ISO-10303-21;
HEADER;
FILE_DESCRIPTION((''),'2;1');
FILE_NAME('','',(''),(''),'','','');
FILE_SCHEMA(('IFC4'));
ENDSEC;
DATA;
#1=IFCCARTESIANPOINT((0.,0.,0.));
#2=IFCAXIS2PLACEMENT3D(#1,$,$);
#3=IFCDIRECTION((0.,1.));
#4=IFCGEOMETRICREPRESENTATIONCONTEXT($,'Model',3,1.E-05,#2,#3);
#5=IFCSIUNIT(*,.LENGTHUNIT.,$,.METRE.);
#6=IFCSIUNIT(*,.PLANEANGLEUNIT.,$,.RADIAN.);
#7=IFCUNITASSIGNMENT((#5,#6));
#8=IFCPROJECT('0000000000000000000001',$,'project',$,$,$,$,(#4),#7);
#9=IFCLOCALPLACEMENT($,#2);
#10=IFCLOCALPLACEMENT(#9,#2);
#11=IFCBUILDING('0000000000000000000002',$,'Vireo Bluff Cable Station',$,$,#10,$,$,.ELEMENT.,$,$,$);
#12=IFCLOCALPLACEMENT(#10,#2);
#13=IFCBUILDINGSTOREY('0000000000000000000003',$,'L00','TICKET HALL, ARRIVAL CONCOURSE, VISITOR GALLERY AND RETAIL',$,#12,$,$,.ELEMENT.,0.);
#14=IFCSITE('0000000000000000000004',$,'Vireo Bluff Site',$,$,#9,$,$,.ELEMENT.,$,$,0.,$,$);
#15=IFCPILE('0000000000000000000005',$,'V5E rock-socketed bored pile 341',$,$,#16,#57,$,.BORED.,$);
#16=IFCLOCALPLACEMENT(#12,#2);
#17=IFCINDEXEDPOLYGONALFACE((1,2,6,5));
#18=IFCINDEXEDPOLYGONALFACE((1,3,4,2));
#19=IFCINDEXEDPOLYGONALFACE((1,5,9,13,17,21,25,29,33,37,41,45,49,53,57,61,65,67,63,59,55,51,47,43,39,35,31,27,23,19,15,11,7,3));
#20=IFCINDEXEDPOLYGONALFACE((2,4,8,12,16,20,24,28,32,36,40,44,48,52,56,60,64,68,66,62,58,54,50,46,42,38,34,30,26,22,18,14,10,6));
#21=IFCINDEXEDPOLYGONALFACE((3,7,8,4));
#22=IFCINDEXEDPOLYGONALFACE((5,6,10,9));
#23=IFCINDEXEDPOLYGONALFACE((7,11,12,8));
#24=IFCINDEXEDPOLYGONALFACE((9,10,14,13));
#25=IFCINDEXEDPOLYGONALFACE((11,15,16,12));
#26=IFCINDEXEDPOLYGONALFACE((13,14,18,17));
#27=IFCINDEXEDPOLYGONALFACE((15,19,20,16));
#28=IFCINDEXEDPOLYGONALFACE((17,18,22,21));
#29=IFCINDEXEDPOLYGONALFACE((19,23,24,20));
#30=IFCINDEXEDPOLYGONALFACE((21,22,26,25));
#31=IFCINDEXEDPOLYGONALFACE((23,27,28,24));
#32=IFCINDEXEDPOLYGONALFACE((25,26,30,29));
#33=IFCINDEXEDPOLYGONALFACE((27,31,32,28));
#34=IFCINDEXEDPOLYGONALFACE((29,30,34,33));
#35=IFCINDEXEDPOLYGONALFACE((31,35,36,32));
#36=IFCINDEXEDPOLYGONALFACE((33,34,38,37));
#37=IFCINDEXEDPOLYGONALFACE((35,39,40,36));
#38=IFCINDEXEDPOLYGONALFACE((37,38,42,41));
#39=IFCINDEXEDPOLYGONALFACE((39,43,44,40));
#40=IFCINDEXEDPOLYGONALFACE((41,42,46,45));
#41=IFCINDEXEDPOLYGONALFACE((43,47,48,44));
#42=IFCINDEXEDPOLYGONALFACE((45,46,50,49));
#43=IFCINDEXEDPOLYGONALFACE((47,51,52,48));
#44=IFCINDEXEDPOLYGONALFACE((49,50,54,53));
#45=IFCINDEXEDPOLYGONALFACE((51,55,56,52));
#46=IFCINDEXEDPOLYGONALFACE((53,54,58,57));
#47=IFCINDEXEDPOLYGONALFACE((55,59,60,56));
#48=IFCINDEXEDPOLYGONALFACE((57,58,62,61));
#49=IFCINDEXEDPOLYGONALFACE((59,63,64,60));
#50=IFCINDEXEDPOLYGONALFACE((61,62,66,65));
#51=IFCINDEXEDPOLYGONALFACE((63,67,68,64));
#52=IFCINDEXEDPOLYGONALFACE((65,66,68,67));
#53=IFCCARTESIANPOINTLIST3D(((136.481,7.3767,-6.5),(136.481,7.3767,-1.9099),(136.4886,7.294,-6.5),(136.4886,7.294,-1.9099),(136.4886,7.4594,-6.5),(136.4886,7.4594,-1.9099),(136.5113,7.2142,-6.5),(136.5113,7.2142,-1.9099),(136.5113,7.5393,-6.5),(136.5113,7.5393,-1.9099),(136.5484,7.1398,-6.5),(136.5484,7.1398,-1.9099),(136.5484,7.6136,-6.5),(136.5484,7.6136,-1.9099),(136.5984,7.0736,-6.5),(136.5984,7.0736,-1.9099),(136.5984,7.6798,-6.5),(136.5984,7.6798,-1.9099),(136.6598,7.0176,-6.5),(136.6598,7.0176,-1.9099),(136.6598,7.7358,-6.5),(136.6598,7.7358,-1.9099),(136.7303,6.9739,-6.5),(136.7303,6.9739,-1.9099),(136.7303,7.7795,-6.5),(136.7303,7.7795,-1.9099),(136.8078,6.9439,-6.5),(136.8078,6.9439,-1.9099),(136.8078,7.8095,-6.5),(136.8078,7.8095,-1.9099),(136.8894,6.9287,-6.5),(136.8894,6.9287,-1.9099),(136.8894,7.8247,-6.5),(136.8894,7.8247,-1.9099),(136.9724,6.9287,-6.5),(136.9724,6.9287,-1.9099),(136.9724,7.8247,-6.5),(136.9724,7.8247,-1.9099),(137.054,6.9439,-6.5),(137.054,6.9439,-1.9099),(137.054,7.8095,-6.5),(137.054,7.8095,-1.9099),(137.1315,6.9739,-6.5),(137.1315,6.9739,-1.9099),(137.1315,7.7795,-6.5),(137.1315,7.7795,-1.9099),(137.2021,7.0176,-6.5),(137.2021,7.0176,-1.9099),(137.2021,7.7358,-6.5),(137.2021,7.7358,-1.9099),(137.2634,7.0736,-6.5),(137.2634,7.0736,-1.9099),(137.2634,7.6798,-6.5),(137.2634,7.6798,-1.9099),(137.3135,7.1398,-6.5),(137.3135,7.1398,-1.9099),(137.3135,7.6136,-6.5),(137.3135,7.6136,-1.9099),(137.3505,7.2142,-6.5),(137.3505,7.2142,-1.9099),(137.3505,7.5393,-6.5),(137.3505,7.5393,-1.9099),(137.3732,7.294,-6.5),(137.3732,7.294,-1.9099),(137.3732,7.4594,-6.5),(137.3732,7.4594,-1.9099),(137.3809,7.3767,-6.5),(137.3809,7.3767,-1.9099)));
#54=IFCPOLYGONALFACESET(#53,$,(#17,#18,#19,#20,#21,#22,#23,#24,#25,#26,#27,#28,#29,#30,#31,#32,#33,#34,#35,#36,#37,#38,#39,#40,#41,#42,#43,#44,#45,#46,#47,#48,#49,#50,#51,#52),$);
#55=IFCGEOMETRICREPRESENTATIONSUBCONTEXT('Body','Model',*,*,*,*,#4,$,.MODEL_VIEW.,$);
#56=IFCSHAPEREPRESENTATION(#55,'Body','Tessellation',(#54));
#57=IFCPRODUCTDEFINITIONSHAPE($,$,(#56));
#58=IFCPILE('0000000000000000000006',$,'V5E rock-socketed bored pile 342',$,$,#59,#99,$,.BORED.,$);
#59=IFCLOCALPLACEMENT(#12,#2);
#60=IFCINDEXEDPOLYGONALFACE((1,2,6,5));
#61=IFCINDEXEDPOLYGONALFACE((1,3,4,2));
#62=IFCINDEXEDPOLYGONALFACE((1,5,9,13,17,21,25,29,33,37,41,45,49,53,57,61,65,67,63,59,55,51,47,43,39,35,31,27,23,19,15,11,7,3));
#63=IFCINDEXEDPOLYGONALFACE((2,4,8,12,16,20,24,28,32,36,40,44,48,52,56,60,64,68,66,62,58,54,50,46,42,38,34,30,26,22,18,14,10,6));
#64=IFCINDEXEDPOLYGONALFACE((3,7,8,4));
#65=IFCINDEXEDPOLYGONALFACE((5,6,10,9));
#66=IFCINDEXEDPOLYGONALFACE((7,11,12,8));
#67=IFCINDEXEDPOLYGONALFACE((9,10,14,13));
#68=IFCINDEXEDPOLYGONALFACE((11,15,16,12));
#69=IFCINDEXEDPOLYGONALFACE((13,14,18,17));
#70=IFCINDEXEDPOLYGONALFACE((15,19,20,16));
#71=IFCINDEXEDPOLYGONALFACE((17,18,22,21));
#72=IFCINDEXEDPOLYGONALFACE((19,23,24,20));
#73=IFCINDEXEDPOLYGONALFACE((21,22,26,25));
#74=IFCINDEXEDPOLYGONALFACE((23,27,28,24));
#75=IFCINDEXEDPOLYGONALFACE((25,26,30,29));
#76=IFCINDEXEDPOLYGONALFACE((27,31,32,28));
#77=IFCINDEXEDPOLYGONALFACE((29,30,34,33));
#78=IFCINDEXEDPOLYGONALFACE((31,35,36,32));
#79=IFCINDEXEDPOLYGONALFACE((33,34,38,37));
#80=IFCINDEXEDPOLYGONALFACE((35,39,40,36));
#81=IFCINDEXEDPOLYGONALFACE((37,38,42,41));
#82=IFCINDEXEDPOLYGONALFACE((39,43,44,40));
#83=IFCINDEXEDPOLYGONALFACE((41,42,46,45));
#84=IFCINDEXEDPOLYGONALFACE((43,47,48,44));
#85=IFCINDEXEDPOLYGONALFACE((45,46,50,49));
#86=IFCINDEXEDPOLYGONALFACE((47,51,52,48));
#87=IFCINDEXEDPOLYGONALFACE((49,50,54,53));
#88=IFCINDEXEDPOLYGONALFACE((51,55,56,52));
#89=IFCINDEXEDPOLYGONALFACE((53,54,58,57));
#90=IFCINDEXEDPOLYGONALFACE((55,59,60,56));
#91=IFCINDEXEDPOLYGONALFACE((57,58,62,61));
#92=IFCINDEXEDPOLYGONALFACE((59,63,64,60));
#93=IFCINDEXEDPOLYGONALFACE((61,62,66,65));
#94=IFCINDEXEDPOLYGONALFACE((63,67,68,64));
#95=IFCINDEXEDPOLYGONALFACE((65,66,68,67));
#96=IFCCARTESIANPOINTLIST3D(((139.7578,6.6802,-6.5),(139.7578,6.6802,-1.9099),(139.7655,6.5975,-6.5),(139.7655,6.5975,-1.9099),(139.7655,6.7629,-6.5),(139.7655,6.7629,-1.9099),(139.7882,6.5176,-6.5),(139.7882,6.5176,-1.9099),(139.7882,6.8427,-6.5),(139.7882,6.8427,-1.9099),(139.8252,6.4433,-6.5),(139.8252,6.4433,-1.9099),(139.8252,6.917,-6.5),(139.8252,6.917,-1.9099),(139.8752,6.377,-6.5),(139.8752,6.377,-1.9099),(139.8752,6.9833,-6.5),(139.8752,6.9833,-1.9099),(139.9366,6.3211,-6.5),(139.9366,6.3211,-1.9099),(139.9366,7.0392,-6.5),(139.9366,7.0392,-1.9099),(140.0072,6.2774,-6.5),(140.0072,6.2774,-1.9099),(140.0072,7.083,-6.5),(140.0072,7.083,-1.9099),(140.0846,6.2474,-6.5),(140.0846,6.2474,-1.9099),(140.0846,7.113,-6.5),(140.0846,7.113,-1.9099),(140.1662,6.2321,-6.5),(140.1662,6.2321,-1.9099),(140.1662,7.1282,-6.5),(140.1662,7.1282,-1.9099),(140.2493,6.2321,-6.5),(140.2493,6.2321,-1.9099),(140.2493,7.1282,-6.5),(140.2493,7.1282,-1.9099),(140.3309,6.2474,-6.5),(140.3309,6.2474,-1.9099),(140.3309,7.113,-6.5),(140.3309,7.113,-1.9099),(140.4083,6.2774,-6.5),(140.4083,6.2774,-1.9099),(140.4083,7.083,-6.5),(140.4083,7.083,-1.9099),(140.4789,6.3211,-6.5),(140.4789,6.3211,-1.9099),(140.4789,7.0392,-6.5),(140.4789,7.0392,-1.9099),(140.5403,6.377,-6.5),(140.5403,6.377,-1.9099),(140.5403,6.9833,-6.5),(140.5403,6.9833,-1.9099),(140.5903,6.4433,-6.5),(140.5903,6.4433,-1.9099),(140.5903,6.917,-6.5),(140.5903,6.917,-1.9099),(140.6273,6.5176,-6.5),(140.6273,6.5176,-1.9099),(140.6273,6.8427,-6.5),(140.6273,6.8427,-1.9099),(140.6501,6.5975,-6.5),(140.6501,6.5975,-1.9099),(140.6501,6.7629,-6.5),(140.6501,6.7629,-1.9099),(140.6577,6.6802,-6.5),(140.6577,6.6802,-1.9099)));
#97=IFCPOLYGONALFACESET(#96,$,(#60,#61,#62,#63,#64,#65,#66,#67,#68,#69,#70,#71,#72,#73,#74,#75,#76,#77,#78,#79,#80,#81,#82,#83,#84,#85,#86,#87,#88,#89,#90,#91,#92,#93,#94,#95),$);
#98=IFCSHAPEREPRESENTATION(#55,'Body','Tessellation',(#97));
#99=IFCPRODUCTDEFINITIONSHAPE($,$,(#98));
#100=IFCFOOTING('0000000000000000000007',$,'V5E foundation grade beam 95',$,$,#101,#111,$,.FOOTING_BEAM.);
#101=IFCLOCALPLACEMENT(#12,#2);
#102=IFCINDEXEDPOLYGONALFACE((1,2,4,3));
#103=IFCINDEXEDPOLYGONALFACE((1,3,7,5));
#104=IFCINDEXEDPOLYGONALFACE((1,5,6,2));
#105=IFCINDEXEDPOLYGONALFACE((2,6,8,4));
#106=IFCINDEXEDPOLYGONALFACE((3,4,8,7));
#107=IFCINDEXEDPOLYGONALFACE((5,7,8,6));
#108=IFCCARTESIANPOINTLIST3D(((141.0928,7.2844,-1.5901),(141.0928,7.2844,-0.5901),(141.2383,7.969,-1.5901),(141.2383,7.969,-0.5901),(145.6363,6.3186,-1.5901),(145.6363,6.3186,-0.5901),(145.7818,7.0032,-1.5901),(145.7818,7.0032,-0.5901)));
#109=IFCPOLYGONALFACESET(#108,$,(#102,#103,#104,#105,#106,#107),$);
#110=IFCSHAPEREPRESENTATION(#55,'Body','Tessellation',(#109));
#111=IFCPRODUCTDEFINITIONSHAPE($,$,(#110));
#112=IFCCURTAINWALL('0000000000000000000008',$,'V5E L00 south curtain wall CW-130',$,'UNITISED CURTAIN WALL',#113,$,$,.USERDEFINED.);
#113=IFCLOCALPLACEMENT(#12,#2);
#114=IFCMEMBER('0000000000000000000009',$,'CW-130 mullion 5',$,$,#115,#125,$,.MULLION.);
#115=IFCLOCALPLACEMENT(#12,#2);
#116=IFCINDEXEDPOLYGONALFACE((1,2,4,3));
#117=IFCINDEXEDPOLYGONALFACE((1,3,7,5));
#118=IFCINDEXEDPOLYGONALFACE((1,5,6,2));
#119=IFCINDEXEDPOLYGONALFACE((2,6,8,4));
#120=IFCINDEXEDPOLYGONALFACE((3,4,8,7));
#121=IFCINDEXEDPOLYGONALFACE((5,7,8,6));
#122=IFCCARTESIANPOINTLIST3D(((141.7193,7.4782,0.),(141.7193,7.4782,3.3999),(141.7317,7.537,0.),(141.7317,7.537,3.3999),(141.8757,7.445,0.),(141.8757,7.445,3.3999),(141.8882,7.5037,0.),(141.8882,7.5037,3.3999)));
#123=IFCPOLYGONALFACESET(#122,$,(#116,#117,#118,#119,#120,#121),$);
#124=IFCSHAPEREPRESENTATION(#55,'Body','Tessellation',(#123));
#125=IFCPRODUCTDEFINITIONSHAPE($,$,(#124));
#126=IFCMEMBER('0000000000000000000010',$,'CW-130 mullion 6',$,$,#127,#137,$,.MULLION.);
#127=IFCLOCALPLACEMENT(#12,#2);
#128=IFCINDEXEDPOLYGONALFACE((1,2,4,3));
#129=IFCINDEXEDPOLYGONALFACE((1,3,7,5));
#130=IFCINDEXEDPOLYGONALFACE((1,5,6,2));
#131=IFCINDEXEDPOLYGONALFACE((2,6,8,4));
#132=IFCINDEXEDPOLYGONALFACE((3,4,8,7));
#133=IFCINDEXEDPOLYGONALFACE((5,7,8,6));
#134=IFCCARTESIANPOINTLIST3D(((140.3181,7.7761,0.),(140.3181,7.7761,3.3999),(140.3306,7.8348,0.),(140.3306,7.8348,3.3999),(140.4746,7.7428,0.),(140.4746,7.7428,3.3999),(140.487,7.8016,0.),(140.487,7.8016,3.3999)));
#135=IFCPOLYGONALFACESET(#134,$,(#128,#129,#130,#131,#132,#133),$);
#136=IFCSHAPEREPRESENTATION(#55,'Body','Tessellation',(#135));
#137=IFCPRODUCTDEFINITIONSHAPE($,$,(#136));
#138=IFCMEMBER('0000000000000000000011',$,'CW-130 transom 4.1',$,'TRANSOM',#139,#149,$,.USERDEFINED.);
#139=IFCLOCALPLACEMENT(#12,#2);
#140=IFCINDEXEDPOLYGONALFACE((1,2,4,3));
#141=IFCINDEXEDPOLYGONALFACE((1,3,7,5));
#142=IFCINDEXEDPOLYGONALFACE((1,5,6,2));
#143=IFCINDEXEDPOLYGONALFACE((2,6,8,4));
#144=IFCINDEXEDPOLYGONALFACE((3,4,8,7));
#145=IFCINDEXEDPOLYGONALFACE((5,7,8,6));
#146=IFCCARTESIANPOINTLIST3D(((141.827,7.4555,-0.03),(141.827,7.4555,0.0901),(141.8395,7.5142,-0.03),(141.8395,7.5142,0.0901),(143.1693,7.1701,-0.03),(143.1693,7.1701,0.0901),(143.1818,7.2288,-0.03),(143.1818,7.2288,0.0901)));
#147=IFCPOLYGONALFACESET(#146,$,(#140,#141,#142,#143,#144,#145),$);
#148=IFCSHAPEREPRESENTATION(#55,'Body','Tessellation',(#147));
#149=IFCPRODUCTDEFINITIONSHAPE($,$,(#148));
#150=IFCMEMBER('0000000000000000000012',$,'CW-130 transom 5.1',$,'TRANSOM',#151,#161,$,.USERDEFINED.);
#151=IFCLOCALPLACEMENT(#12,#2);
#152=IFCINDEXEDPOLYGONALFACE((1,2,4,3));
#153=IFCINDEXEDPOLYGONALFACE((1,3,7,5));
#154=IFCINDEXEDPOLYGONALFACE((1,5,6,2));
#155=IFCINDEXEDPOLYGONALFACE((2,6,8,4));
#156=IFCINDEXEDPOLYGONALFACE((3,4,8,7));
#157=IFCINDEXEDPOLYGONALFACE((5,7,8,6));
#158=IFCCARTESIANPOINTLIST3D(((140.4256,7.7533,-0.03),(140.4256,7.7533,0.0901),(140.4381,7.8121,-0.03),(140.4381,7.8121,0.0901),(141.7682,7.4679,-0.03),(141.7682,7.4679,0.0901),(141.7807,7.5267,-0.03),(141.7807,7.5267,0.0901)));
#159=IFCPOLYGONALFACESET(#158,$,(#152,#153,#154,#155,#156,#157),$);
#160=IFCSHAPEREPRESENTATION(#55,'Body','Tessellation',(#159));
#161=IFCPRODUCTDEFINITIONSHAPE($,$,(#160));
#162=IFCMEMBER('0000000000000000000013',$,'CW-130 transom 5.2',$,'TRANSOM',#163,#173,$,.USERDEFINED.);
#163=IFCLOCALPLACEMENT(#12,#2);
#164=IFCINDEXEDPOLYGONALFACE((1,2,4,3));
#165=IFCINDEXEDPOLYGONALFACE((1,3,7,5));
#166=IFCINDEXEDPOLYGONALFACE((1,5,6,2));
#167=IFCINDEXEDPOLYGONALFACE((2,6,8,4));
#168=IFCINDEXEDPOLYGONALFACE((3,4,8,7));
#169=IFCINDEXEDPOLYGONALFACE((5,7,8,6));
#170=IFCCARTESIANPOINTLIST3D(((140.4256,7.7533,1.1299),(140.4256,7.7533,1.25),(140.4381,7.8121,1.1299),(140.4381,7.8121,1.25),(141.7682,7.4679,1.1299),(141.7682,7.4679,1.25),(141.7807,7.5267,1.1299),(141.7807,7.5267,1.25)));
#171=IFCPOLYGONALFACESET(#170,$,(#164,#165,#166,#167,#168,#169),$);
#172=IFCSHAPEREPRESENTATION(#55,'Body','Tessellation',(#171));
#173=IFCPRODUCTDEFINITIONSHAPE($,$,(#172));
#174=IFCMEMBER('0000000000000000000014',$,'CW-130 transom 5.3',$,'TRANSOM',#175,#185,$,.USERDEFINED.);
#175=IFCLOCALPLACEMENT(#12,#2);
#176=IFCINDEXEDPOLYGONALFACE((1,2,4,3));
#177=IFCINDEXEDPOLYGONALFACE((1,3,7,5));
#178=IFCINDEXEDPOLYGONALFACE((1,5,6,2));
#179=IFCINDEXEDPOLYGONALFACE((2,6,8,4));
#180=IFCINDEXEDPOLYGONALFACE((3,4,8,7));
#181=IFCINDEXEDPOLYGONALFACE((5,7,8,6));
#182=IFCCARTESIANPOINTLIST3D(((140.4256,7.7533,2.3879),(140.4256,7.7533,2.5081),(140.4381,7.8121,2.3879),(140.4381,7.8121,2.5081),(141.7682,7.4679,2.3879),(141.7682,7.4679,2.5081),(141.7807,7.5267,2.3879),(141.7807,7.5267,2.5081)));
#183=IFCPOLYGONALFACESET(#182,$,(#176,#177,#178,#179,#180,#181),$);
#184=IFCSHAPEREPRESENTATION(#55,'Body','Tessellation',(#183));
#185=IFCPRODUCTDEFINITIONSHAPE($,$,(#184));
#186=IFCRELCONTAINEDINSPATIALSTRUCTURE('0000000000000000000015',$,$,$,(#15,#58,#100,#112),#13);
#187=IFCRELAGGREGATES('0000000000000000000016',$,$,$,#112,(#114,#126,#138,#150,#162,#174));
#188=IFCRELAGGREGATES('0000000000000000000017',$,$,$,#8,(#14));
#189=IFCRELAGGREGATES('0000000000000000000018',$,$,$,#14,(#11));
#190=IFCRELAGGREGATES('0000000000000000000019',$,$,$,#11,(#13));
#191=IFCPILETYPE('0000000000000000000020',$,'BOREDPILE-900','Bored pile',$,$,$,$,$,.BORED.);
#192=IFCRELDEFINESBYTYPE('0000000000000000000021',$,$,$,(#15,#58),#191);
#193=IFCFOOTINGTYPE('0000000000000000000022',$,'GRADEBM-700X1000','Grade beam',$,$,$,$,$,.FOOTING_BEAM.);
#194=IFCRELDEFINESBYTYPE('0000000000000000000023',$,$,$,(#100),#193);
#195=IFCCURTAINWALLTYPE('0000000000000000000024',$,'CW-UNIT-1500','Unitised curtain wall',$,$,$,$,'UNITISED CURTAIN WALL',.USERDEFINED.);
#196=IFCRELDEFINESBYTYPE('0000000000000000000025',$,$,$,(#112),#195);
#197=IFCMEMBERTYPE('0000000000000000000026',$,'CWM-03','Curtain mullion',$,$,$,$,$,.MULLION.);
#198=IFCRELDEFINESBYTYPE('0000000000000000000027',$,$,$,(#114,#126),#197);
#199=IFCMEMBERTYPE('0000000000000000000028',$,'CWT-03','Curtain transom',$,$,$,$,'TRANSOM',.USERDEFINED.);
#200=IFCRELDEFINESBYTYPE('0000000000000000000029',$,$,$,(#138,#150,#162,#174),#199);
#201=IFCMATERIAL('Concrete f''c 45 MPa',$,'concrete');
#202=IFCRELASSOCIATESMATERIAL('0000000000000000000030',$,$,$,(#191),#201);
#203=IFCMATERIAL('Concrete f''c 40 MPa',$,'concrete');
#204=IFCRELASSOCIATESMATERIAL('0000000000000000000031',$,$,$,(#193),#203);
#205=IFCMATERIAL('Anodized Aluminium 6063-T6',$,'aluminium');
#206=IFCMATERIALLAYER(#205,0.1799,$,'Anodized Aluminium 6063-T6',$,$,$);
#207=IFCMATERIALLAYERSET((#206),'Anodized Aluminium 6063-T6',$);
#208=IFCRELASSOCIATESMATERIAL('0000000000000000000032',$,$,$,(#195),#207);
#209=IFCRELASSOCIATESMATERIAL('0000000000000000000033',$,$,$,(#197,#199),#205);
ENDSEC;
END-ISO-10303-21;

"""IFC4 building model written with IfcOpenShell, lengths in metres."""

from ifc_helpers import new_model, si_unit, direction, frame, origin, origin_2d, place, context, subcontext, project, spatial, rectangle, circle, extrude, material, layer, layer_set, material_profile, profile_set, type_object, element, aggregate, save


model = new_model("IFC4")

# Units and contexts
model_context = context("Model", 3, precision=1e-05, world=origin(), true_north=direction((0.0, 1.0)))
body_context = subcontext(model_context, "Body", "Model", "MODEL_VIEW")
ifc_project = project(units=[si_unit("LENGTHUNIT", "METRE"), si_unit("PLANEANGLEUNIT", "RADIAN")], contexts=[model_context])

# Site, building, storey
site_placement = place(None, origin())
site = spatial("IfcSite", under=ifc_project, at=site_placement, Name="Vireo Bluff Site", CompositionType="ELEMENT", RefElevation=0.0)
building_placement = place(site_placement, origin())
building = spatial("IfcBuilding", under=site, at=building_placement, Name="Vireo Bluff Cable Station", CompositionType="ELEMENT")
storey_placement = place(building_placement, origin())
storey = spatial("IfcBuildingStorey", under=building, at=storey_placement, Name="L00", Description="TICKET HALL, ARRIVAL CONCOURSE, VISITOR GALLERY AND RETAIL", CompositionType="ELEMENT", Elevation=0.0)

# Piles
ifc_material_1 = material(Name="Concrete f'c 45 MPa", Category="concrete")
ifc_material_profile_1 = material_profile(ifc_material_1, circle(Radius=0.45, at=origin_2d()), Name="BOREDPILE-900")
ifc_profile_set_1 = profile_set([ifc_material_profile_1], Name="Concrete f'c 45 MPa")
pile_type = type_object("IfcPileType", Name="BOREDPILE-900", Description="Bored pile", PredefinedType="BORED", material=ifc_profile_set_1)
for number, where, z_axis, x_axis, name in (
    (1, (136.9309, 7.3767, -1.9099), (0.0, 0.0, -1.0), (1.0, 0.0, 0.0), "V5E rock-socketed bored pile 341"),
    (2, (140.2078, 6.6802, -1.9099), (0.0, 0.0, -1.0), (1.0, 0.0, 0.0), "V5E rock-socketed bored pile 342"),
):
    element("IfcPile", number, at=place(storey_placement, frame(where, z_axis=z_axis, x_axis=x_axis)), inside=storey, type_object=pile_type, Name=name, PredefinedType="BORED", context=body_context, shape_type="SweptSolid", body=[
        extrude(circle(Radius=0.45, at=origin_2d()), origin(), (0.0, 0.0, 1.0), 4.5901),
    ])

# Footing
ifc_material_2 = material(Name="Concrete f'c 40 MPa", Category="concrete")
ifc_material_profile_2 = material_profile(ifc_material_2, rectangle(XDim=0.7, YDim=1.0, at=origin_2d()), Name="GRADEBM-700X1000")
ifc_profile_set_2 = profile_set([ifc_material_profile_2], Name="Concrete f'c 40 MPa")
footing_type = type_object("IfcFootingType", Name="GRADEBM-700X1000", Description="Grade beam", PredefinedType="FOOTING_BEAM", material=ifc_profile_set_2)
footing_placement = place(storey_placement, frame((141.1655, 7.6267, -1.0901), z_axis=(0.978144, -0.207928, 0.0), x_axis=(0.207928, 0.978144, 0.0)))
element("IfcFooting", 3, at=footing_placement, inside=storey, type_object=footing_type, Name="V5E foundation grade beam 95", PredefinedType="FOOTING_BEAM", context=body_context, shape_type="SweptSolid", body=[
    extrude(rectangle(XDim=0.7, YDim=1.0, at=origin_2d()), origin(), (0.0, 0.0, 1.0), 4.645),
])

# Curtain wall, members
ifc_material_3 = material(Name="Anodized Aluminium 6063-T6", Category="aluminium")
ifc_layer_1 = layer(ifc_material_3, 0.1799, Name="Anodized Aluminium 6063-T6")
ifc_layer_set_1 = layer_set([ifc_layer_1], Name="Anodized Aluminium 6063-T6")
curtain_wall_type = type_object("IfcCurtainWallType", Name="CW-UNIT-1500", Description="Unitised curtain wall", ElementType="UNITISED CURTAIN WALL", PredefinedType="USERDEFINED", material=ifc_layer_set_1)
curtain_wall_placement = place(storey_placement, origin())
curtain_wall = element("IfcCurtainWall", 4, at=curtain_wall_placement, inside=storey, type_object=curtain_wall_type, Name="V5E L00 south curtain wall CW-130", ObjectType="UNITISED CURTAIN WALL", PredefinedType="USERDEFINED")
ifc_material_profile_3 = material_profile(ifc_material_3, rectangle(XDim=0.0601, YDim=0.1599, at=origin_2d()), Name="ALU-M-60X160")
ifc_profile_set_3 = profile_set([ifc_material_profile_3], Name="Anodized Aluminium 6063-T6")
member_type_1 = type_object("IfcMemberType", Name="CWM-03", Description="Curtain mullion", PredefinedType="MULLION", material=ifc_profile_set_3)
member_1_placement = place(storey_placement, frame((141.8037, 7.491, 0.0), z_axis=(0.0, 0.0, 1.0), x_axis=(-0.207912, -0.978148, 0.0)))
member_1 = element("IfcMember", 5, at=member_1_placement, type_object=member_type_1, Name="CW-130 mullion 5", PredefinedType="MULLION", context=body_context, shape_type="SweptSolid", body=[
    extrude(rectangle(XDim=0.0601, YDim=0.1599, at=origin_2d()), origin(), (0.0, 0.0, 1.0), 3.3999),
])
member_2_placement = place(storey_placement, frame((140.4026, 7.7888, 0.0), z_axis=(0.0, 0.0, 1.0), x_axis=(-0.207912, -0.978148, 0.0)))
member_2 = element("IfcMember", 6, at=member_2_placement, type_object=member_type_1, Name="CW-130 mullion 6", PredefinedType="MULLION", context=body_context, shape_type="SweptSolid", body=[
    extrude(rectangle(XDim=0.0601, YDim=0.1599, at=origin_2d()), origin(), (0.0, 0.0, 1.0), 3.3999),
])
ifc_material_profile_4 = material_profile(ifc_material_3, rectangle(XDim=0.0601, YDim=0.1201, at=origin_2d()), Name="ALU-T-60X120")
ifc_profile_set_4 = profile_set([ifc_material_profile_4], Name="Anodized Aluminium 6063-T6")
member_type_2 = type_object("IfcMemberType", Name="CWT-03", Description="Curtain transom", ElementType="TRANSOM", PredefinedType="USERDEFINED", material=ifc_profile_set_4)
member_3_placement = place(storey_placement, frame((143.1755, 7.1995, 0.03), z_axis=(-0.978134, 0.207974, 0.0), x_axis=(-0.207974, -0.978134, 0.0)))
member_3 = element("IfcMember", 7, at=member_3_placement, type_object=member_type_2, Name="CW-130 transom 4.1", ObjectType="TRANSOM", PredefinedType="USERDEFINED", context=body_context, shape_type="SweptSolid", body=[
    extrude(rectangle(XDim=0.0601, YDim=0.1201, at=origin_2d()), origin(), (0.0, 0.0, 1.0), 1.3723),
])
member_4_placement = place(storey_placement, frame((141.7744, 7.4973, 0.03), z_axis=(-0.978142, 0.207937, 0.0), x_axis=(-0.207937, -0.978142, 0.0)))
member_4 = element("IfcMember", 8, at=member_4_placement, type_object=member_type_2, Name="CW-130 transom 5.1", ObjectType="TRANSOM", PredefinedType="USERDEFINED", context=body_context, shape_type="SweptSolid", body=[
    extrude(rectangle(XDim=0.0601, YDim=0.1201, at=origin_2d()), origin(), (0.0, 0.0, 1.0), 1.3726),
])
member_5_placement = place(storey_placement, frame((141.7744, 7.4973, 1.1899), z_axis=(-0.978142, 0.207937, 0.0), x_axis=(-0.207937, -0.978142, 0.0)))
member_5 = element("IfcMember", 9, at=member_5_placement, type_object=member_type_2, Name="CW-130 transom 5.2", ObjectType="TRANSOM", PredefinedType="USERDEFINED", context=body_context, shape_type="SweptSolid", body=[
    extrude(rectangle(XDim=0.0601, YDim=0.1201, at=origin_2d()), origin(), (0.0, 0.0, 1.0), 1.3726),
])
member_6_placement = place(storey_placement, frame((141.7744, 7.4973, 2.448), z_axis=(-0.978142, 0.207937, 0.0), x_axis=(-0.207937, -0.978142, 0.0)))
member_6 = element("IfcMember", 10, at=member_6_placement, type_object=member_type_2, Name="CW-130 transom 5.3", ObjectType="TRANSOM", PredefinedType="USERDEFINED", context=body_context, shape_type="SweptSolid", body=[
    extrude(rectangle(XDim=0.0601, YDim=0.1201, at=origin_2d()), origin(), (0.0, 0.0, 1.0), 1.3726),
])
aggregate(curtain_wall, [member_1, member_2, member_3, member_4, member_5, member_6])

save(model, "model.ifc")
